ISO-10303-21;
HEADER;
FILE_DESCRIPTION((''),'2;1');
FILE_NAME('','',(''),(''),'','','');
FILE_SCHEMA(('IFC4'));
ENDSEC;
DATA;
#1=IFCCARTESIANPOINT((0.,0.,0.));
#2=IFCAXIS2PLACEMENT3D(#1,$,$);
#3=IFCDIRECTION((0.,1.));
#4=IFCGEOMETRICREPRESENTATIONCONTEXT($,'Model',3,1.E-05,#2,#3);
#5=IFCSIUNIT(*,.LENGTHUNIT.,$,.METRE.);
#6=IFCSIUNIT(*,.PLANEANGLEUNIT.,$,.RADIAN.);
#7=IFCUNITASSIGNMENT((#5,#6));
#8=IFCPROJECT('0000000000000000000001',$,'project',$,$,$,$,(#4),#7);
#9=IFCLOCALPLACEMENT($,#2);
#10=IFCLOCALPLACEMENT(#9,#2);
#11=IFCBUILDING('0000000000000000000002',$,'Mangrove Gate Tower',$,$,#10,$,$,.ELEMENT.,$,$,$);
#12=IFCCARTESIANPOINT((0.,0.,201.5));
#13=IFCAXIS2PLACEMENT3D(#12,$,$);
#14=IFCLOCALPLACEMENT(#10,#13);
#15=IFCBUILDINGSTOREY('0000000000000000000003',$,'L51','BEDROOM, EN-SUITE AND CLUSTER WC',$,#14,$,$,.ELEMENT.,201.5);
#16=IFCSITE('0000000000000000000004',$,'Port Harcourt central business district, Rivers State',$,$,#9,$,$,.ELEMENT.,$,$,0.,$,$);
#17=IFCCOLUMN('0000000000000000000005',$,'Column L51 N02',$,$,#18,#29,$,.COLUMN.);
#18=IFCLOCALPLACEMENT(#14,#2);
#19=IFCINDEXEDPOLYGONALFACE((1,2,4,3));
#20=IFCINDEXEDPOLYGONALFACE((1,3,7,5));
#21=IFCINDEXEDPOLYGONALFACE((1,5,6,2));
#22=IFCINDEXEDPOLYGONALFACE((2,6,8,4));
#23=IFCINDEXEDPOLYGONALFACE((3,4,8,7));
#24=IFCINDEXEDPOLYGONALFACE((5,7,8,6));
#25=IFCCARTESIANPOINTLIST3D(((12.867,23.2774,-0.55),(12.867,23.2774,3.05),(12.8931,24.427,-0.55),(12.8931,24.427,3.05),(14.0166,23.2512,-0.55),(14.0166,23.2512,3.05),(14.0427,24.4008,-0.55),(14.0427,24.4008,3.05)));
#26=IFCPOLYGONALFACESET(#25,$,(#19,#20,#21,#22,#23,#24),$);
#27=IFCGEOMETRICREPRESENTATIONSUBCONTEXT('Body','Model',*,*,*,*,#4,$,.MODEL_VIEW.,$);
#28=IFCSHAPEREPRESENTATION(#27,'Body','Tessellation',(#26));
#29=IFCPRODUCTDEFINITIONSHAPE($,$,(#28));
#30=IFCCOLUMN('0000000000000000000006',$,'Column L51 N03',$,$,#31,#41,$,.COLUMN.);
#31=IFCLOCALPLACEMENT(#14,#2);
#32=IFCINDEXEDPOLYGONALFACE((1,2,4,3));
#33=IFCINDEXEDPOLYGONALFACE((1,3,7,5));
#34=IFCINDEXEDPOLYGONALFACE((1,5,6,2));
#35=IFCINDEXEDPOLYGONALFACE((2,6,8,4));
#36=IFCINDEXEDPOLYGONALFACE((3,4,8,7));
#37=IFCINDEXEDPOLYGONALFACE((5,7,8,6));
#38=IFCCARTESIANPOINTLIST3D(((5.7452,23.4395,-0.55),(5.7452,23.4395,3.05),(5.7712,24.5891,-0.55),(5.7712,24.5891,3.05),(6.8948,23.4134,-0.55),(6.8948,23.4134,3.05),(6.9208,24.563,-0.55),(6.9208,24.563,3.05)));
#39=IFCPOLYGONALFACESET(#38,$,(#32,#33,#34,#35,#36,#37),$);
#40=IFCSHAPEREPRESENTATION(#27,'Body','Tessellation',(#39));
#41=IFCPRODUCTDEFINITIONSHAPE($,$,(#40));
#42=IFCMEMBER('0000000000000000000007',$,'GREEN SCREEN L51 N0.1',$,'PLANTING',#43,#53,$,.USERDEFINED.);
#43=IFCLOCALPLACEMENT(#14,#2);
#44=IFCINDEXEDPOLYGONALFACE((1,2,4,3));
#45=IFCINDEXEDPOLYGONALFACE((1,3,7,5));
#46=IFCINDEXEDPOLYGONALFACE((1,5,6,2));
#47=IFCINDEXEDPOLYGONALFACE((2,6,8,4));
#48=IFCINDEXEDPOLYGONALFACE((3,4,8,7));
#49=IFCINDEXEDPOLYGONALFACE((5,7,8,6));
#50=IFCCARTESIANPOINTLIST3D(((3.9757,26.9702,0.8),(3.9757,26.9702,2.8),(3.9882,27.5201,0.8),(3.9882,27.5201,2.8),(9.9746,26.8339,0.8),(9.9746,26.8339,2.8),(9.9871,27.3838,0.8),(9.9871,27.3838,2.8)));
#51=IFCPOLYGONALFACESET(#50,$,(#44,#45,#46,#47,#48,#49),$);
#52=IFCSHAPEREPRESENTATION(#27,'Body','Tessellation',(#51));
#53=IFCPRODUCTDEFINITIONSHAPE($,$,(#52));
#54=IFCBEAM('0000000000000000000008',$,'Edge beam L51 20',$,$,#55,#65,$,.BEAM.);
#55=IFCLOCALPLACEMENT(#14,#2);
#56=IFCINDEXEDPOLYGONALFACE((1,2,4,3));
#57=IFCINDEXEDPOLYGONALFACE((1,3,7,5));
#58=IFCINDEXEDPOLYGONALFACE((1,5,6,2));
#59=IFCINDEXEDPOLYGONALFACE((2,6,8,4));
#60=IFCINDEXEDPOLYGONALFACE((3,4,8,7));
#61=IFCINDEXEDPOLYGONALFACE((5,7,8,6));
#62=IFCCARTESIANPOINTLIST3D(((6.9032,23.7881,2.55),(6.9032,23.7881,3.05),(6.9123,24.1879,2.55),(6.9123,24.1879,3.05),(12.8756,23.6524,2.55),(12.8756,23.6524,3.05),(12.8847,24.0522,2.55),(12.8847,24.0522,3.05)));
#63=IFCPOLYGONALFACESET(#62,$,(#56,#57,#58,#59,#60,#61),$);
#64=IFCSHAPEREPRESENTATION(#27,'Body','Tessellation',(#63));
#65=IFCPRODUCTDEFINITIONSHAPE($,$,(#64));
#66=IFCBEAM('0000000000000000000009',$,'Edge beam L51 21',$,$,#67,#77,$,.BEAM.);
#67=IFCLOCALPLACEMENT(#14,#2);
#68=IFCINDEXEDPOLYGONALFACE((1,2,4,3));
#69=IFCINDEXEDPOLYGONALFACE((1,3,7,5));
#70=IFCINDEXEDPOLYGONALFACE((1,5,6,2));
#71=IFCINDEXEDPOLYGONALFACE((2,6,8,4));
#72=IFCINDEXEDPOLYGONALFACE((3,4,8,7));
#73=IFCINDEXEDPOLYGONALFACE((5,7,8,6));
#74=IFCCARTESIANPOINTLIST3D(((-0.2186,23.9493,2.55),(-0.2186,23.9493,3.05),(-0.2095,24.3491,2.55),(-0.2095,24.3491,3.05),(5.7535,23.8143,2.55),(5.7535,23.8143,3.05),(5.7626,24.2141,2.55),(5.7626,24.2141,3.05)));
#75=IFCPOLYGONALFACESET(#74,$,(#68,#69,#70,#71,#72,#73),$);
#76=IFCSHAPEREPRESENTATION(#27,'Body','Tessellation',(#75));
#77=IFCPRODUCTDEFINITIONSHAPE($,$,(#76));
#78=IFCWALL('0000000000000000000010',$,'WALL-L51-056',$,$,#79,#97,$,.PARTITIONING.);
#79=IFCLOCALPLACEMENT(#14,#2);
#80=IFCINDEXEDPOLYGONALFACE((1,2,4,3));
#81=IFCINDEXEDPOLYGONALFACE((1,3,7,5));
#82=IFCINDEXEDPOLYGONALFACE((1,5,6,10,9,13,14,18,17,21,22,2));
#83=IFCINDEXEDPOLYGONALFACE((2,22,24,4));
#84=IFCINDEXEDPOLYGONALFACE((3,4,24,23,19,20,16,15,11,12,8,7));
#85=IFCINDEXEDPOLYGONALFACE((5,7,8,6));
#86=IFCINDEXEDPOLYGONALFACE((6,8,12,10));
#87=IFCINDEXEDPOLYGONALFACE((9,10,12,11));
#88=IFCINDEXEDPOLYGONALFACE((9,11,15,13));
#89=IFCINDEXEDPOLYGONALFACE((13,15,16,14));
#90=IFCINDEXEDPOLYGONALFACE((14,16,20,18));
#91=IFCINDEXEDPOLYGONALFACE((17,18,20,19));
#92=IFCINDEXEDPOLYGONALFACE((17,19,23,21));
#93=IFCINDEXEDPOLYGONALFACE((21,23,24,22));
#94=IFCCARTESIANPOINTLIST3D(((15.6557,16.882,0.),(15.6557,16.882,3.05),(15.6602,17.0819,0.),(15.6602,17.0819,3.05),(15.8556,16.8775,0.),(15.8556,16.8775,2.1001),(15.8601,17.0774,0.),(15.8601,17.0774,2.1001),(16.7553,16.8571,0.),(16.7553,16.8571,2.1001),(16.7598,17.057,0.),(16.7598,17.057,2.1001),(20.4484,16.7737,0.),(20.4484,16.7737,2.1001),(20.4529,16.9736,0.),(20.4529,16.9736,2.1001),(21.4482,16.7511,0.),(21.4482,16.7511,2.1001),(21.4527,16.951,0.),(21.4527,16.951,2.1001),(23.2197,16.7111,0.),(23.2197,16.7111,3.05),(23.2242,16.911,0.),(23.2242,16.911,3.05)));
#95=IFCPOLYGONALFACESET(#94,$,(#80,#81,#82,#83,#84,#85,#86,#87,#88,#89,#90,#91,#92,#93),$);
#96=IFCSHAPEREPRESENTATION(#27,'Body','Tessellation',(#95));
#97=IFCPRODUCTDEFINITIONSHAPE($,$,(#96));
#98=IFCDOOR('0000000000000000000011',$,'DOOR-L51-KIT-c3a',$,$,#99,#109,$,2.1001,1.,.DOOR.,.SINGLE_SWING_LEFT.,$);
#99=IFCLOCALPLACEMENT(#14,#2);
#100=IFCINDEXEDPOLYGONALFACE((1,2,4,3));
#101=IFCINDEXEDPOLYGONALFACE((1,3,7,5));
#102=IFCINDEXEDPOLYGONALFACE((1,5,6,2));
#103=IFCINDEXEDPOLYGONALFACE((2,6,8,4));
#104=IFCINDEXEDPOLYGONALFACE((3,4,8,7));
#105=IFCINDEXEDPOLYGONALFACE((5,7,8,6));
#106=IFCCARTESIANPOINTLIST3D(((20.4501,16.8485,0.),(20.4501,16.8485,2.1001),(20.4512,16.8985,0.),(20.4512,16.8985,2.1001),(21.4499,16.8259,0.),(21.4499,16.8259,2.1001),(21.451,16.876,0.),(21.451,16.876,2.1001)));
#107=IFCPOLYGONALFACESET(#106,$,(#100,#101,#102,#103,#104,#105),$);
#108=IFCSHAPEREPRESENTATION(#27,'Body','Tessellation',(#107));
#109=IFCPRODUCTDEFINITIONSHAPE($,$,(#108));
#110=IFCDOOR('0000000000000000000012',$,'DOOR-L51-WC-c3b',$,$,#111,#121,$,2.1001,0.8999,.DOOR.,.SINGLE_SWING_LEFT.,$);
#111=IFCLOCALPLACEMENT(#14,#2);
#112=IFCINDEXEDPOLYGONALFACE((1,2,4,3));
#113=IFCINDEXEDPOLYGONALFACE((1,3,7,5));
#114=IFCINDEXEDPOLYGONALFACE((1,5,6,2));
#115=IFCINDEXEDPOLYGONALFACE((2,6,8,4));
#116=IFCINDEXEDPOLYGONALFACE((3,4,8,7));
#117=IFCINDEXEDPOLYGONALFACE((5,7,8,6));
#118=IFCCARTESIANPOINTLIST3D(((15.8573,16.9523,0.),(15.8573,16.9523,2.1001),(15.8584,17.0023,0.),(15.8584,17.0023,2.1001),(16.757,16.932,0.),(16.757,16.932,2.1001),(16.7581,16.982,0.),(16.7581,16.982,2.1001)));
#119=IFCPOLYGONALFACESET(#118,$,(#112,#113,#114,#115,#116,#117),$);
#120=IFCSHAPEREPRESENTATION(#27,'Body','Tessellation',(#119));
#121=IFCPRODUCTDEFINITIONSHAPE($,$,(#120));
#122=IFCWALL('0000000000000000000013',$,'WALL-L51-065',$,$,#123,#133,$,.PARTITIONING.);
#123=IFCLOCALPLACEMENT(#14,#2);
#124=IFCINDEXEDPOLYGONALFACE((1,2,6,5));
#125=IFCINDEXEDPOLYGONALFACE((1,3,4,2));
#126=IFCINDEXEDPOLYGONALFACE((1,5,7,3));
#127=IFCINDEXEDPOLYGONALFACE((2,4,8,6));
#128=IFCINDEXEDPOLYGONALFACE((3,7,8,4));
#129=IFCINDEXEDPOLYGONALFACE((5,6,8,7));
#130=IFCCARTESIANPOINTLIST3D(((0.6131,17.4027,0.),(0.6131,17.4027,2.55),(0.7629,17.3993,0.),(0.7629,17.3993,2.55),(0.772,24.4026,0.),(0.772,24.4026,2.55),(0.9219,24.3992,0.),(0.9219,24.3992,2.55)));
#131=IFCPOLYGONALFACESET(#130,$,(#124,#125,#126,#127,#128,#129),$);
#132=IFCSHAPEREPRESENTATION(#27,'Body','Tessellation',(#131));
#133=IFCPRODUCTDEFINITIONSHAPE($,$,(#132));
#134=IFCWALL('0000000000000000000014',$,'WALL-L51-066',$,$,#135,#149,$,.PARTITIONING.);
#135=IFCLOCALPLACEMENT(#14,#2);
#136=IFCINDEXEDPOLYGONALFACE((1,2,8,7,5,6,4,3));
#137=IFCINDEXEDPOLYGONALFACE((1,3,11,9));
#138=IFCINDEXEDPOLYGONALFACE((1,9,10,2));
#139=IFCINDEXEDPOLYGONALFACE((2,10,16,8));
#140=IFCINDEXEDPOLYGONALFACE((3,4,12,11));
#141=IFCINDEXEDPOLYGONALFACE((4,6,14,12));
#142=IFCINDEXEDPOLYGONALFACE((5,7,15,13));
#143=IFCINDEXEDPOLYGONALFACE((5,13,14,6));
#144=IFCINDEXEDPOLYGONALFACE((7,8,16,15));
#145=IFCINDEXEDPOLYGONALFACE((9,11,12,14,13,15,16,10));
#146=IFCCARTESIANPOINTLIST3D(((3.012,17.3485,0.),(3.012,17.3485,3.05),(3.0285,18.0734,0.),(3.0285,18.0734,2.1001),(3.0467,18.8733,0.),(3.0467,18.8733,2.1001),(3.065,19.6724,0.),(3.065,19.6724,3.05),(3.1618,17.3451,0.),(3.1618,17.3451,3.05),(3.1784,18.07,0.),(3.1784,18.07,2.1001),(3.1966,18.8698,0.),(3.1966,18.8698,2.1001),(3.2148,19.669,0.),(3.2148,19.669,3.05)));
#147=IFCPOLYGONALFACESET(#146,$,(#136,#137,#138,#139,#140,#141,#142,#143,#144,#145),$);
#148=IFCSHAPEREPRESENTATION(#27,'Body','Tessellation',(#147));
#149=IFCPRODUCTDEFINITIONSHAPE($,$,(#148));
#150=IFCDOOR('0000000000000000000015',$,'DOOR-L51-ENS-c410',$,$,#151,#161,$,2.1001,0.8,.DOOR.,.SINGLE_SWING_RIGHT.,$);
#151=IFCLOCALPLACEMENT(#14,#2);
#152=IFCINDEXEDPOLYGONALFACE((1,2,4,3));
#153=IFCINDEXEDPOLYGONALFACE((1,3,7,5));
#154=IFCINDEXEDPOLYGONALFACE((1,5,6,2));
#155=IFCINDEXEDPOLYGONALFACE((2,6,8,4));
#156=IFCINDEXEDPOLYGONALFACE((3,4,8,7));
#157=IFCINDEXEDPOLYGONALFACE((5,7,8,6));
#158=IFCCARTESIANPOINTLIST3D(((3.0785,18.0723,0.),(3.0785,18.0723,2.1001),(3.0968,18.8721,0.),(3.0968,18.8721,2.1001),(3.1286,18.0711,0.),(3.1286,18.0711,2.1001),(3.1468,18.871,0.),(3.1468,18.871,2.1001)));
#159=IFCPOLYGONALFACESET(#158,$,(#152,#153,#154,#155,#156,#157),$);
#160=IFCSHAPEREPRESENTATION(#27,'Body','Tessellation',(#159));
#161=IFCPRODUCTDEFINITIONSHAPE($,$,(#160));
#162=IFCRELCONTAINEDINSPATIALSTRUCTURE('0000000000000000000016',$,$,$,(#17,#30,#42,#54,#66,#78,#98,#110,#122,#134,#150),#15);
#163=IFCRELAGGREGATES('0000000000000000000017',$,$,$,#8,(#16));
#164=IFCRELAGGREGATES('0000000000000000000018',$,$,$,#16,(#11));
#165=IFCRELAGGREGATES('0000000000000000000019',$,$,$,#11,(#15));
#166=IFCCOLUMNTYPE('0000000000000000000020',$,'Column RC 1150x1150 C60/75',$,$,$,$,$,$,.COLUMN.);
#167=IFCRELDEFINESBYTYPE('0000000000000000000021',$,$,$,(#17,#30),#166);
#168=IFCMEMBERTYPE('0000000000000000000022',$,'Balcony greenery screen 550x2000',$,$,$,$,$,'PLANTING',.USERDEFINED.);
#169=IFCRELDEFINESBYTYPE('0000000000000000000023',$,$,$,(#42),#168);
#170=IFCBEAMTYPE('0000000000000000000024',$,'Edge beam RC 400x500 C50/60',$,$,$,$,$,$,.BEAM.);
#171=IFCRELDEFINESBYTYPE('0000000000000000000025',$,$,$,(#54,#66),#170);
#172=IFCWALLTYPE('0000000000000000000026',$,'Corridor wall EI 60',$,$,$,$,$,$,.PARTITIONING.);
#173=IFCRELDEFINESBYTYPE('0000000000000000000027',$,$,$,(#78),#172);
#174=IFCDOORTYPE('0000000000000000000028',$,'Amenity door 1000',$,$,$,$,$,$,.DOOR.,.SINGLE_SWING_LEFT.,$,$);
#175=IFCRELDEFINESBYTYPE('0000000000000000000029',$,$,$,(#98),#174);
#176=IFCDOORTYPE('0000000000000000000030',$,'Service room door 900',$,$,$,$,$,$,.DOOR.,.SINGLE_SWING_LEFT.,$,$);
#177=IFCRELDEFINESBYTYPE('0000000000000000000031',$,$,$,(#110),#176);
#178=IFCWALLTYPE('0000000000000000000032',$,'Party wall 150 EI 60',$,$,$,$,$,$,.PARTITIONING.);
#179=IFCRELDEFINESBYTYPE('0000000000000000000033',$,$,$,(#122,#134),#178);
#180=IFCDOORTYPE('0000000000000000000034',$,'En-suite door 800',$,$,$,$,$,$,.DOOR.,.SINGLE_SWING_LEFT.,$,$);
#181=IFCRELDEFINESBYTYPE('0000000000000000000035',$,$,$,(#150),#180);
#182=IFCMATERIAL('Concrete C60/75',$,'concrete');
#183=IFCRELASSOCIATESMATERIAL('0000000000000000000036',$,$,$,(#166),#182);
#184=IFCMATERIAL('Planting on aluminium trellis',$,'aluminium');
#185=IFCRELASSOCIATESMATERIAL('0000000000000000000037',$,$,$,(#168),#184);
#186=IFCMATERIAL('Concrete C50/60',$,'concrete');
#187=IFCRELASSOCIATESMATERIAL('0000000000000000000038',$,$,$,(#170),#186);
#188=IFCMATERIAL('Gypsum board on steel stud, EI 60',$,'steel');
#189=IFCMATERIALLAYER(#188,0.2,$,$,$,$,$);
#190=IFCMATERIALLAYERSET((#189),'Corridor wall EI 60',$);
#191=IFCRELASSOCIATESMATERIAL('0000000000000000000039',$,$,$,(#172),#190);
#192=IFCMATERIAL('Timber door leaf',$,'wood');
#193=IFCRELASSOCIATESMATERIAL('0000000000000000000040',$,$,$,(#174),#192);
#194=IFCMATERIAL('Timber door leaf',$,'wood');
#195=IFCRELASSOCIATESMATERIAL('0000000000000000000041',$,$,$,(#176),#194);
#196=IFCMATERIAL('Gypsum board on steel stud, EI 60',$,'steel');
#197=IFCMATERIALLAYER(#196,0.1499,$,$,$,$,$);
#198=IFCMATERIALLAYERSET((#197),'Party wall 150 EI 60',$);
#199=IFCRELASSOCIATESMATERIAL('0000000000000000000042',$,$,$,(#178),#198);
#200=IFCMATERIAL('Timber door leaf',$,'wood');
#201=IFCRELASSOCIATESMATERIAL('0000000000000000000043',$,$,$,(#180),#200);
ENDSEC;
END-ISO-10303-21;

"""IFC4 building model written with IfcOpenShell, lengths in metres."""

from ifc_helpers import new_model, si_unit, direction, frame, frame_2d, origin, origin_2d, place, context, subcontext, project, spatial, rectangle, extrude, material, layer, layer_set, material_profile, profile_set, type_object, element, fill, save


model = new_model("IFC4")

# Units and contexts
model_context = context("Model", 3, precision=1e-05, world=origin(), true_north=direction((0.0, 1.0)))
body_context = subcontext(model_context, "Body", "Model", "MODEL_VIEW")
ifc_project = project(units=[si_unit("LENGTHUNIT", "METRE"), si_unit("PLANEANGLEUNIT", "RADIAN")], contexts=[model_context])

# Site, building, storey
site_placement = place(None, origin())
site = spatial("IfcSite", under=ifc_project, at=site_placement, Name="Port Harcourt central business district, Rivers State", CompositionType="ELEMENT", RefElevation=0.0)
building_placement = place(site_placement, origin())
building = spatial("IfcBuilding", under=site, at=building_placement, Name="Mangrove Gate Tower", CompositionType="ELEMENT")
storey_placement = place(building_placement, frame((0.0, 0.0, 201.5)))
storey = spatial("IfcBuildingStorey", under=building, at=storey_placement, Name="L51", Description="BEDROOM, EN-SUITE AND CLUSTER WC", CompositionType="ELEMENT", Elevation=201.5)

# Columns
ifc_material_1 = material(Name="Concrete C60/75", Category="concrete")
ifc_material_profile_1 = material_profile(ifc_material_1, rectangle(XDim=1.1499, YDim=1.1499, at=origin_2d()))
ifc_profile_set_1 = profile_set([ifc_material_profile_1], Name="Concrete C60/75")
column_type = type_object("IfcColumnType", Name="Column RC 1150x1150 C60/75", PredefinedType="COLUMN", material=ifc_profile_set_1)
for number, where, z_axis, x_axis, name in (
    (1, (13.4548, 23.8391, -0.55), (0.0, 0.0, 1.0), (-0.999741, 0.022741, 0.0), "Column L51 N02"),
    (2, (6.333, 24.0012, -0.55), (0.0, 0.0, 1.0), (-0.999743, 0.02267, 0.0), "Column L51 N03"),
):
    element("IfcColumn", number, at=place(storey_placement, frame(where, z_axis=z_axis, x_axis=x_axis)), inside=storey, type_object=column_type, Name=name, PredefinedType="COLUMN", context=body_context, shape_type="SweptSolid", body=[
        extrude(rectangle(XDim=1.1499, YDim=1.1499, at=origin_2d()), origin(), (0.0, 0.0, 1.0), 3.6001),
    ])

# Member
ifc_material_2 = material(Name="Planting on aluminium trellis", Category="aluminium")
ifc_material_profile_2 = material_profile(ifc_material_2, rectangle(XDim=0.55, YDim=2.0, at=origin_2d()))
ifc_profile_set_2 = profile_set([ifc_material_profile_2], Name="Planting on aluminium trellis")
member_type = type_object("IfcMemberType", Name="Balcony greenery screen 550x2000", ElementType="PLANTING", PredefinedType="USERDEFINED", material=ifc_profile_set_2)
member_placement = place(storey_placement, frame((3.9819, 27.2451, 1.8), z_axis=(0.999742, -0.022703, 0.0), x_axis=(0.022703, 0.999742, 0.0)))
element("IfcMember", 3, at=member_placement, inside=storey, type_object=member_type, Name="GREEN SCREEN L51 N0.1", ObjectType="PLANTING", PredefinedType="USERDEFINED", context=body_context, shape_type="SweptSolid", body=[
    extrude(rectangle(XDim=0.55, YDim=2.0, at=origin_2d()), origin(), (0.0, 0.0, 1.0), 6.0005),
])

# Beams
ifc_material_3 = material(Name="Concrete C50/60", Category="concrete")
ifc_material_profile_3 = material_profile(ifc_material_3, rectangle(XDim=0.3999, YDim=0.5, at=origin_2d()))
ifc_profile_set_3 = profile_set([ifc_material_profile_3], Name="Concrete C50/60")
beam_type = type_object("IfcBeamType", Name="Edge beam RC 400x500 C50/60", PredefinedType="BEAM", material=ifc_profile_set_3)
beam_1_placement = place(storey_placement, frame((12.8801, 23.8523, 2.8), z_axis=(-0.999742, 0.022722, 0.0), x_axis=(-0.022722, -0.999742, 0.0)))
element("IfcBeam", 4, at=beam_1_placement, inside=storey, type_object=beam_type, Name="Edge beam L51 20", PredefinedType="BEAM", context=body_context, shape_type="SweptSolid", body=[
    extrude(rectangle(XDim=0.3999, YDim=0.5, at=origin_2d()), origin(), (0.0, 0.0, 1.0), 5.9739),
])
beam_2_placement = place(storey_placement, frame((5.7581, 24.0142, 2.8), z_axis=(-0.999745, 0.022601, 0.0), x_axis=(-0.022601, -0.999745, 0.0)))
element("IfcBeam", 5, at=beam_2_placement, inside=storey, type_object=beam_type, Name="Edge beam L51 21", PredefinedType="BEAM", context=body_context, shape_type="SweptSolid", body=[
    extrude(rectangle(XDim=0.3999, YDim=0.5, at=origin_2d()), origin(), (0.0, 0.0, 1.0), 5.9736),
])

# Wall, openings, doors
ifc_material_4 = material(Name="Gypsum board on steel stud, EI 60", Category="steel")
ifc_layer_1 = layer(ifc_material_4, 0.2)
ifc_layer_set_1 = layer_set([ifc_layer_1], Name="Corridor wall EI 60")
wall_type_1 = type_object("IfcWallType", Name="Corridor wall EI 60", PredefinedType="PARTITIONING", material=ifc_layer_set_1)
wall_1_placement = place(storey_placement, frame((15.658, 16.9819, 0.0), z_axis=(0.0, 0.0, 1.0), x_axis=(0.999745, -0.022588, 0.0)))
wall_1 = element("IfcWall", 6, at=wall_1_placement, inside=storey, type_object=wall_type_1, Name="WALL-L51-056", PredefinedType="PARTITIONING", context=body_context, shape_type="SweptSolid", body=[
    extrude(rectangle(XDim=7.5659, YDim=0.2, at=frame_2d((3.783, 0.0))), origin(), (0.0, 0.0, 1.0), 3.05),
])
opening_1_placement = place(wall_1_placement, frame((4.7939, 0.0, 0.0)))
opening_1 = element("IfcOpeningElement", 7, at=opening_1_placement, cuts=wall_1, PredefinedType="OPENING", context=body_context, shape_type="SweptSolid", body=[
    extrude(rectangle(XDim=1.0, YDim=2.1001, at=frame_2d((0.5, 1.05))), frame((0.0, 0.1099, 0.0), z_axis=(0.0, -1.0, 0.0), x_axis=(1.0, 0.0, 0.0)), (0.0, 0.0, 1.0), 0.22),
])
opening_2_placement = place(wall_1_placement, frame((0.2, 0.0, 0.0)))
opening_2 = element("IfcOpeningElement", 8, at=opening_2_placement, cuts=wall_1, PredefinedType="OPENING", context=body_context, shape_type="SweptSolid", body=[
    extrude(rectangle(XDim=0.8999, YDim=2.1001, at=frame_2d((0.45, 1.05))), frame((0.0, 0.1099, 0.0), z_axis=(0.0, -1.0, 0.0), x_axis=(1.0, 0.0, 0.0)), (0.0, 0.0, 1.0), 0.22),
])
ifc_material_5 = material(Name="Timber door leaf", Category="wood")
door_type_1 = type_object("IfcDoorType", Name="Amenity door 1000", OperationType="SINGLE_SWING_LEFT", PredefinedType="DOOR", material=ifc_material_5)
door_1_placement = place(opening_1_placement, origin())
door_1 = element("IfcDoor", 9, at=door_1_placement, inside=storey, type_object=door_type_1, Name="DOOR-L51-KIT-c3a", OperationType="SINGLE_SWING_LEFT", OverallHeight=2.1001, OverallWidth=1.0, PredefinedType="DOOR", context=body_context, shape_type="SweptSolid", body=[
    extrude(rectangle(XDim=1.0, YDim=2.1001, at=frame_2d((0.5, 1.05))), frame((0.0, 0.0249, 0.0), z_axis=(0.0, -1.0, 0.0), x_axis=(1.0, 0.0, 0.0)), (0.0, 0.0, 1.0), 0.05),
])
fill(opening_1, door_1)
ifc_material_6 = material(Name="Timber door leaf", Category="wood")
door_type_2 = type_object("IfcDoorType", Name="Service room door 900", OperationType="SINGLE_SWING_LEFT", PredefinedType="DOOR", material=ifc_material_6)
door_2_placement = place(opening_2_placement, origin())
door_2 = element("IfcDoor", 10, at=door_2_placement, inside=storey, type_object=door_type_2, Name="DOOR-L51-WC-c3b", OperationType="SINGLE_SWING_LEFT", OverallHeight=2.1001, OverallWidth=0.8999, PredefinedType="DOOR", context=body_context, shape_type="SweptSolid", body=[
    extrude(rectangle(XDim=0.8999, YDim=2.1001, at=frame_2d((0.45, 1.05))), frame((0.0, 0.0249, 0.0), z_axis=(0.0, -1.0, 0.0), x_axis=(1.0, 0.0, 0.0)), (0.0, 0.0, 1.0), 0.05),
])
fill(opening_2, door_2)

# Wall
ifc_material_7 = material(Name="Gypsum board on steel stud, EI 60", Category="steel")
ifc_layer_2 = layer(ifc_material_7, 0.1499)
ifc_layer_set_2 = layer_set([ifc_layer_2], Name="Party wall 150 EI 60")
wall_type_2 = type_object("IfcWallType", Name="Party wall 150 EI 60", PredefinedType="PARTITIONING", material=ifc_layer_set_2)
wall_2_placement = place(storey_placement, frame((0.688, 17.4009, 0.0), z_axis=(0.0, 0.0, 1.0), x_axis=(0.022699, 0.999742, 0.0)))
element("IfcWall", 11, at=wall_2_placement, inside=storey, type_object=wall_type_2, Name="WALL-L51-065", PredefinedType="PARTITIONING", context=body_context, shape_type="SweptSolid", body=[
    extrude(rectangle(XDim=7.0017, YDim=0.1499, at=frame_2d((3.501, 0.0))), origin(), (0.0, 0.0, 1.0), 2.55),
])

# Wall, opening, door
wall_3_placement = place(storey_placement, frame((3.0869, 17.3469, 0.0), z_axis=(0.0, 0.0, 1.0), x_axis=(0.022791, 0.99974, 0.0)))
wall_3 = element("IfcWall", 12, at=wall_3_placement, inside=storey, type_object=wall_type_2, Name="WALL-L51-066", PredefinedType="PARTITIONING", context=body_context, shape_type="SweptSolid", body=[
    extrude(rectangle(XDim=2.3245, YDim=0.1499, at=frame_2d((1.1621, 0.0))), origin(), (0.0, 0.0, 1.0), 3.05),
])
opening_3_placement = place(wall_3_placement, frame((0.7251, 0.0, 0.0)))
opening_3 = element("IfcOpeningElement", 13, at=opening_3_placement, cuts=wall_3, PredefinedType="OPENING", context=body_context, shape_type="SweptSolid", body=[
    extrude(rectangle(XDim=0.8, YDim=2.1001, at=frame_2d((0.3999, 1.05))), frame((0.0, 0.085, 0.0), z_axis=(0.0, -1.0, 0.0), x_axis=(1.0, 0.0, 0.0)), (0.0, 0.0, 1.0), 0.1699),
])
ifc_material_8 = material(Name="Timber door leaf", Category="wood")
door_type_3 = type_object("IfcDoorType", Name="En-suite door 800", OperationType="SINGLE_SWING_LEFT", PredefinedType="DOOR", material=ifc_material_8)
door_3_placement = place(opening_3_placement, origin())
door_3 = element("IfcDoor", 14, at=door_3_placement, inside=storey, type_object=door_type_3, Name="DOOR-L51-ENS-c410", OperationType="SINGLE_SWING_RIGHT", OverallHeight=2.1001, OverallWidth=0.8, PredefinedType="DOOR", context=body_context, shape_type="SweptSolid", body=[
    extrude(rectangle(XDim=0.8, YDim=2.1001, at=frame_2d((0.3999, 1.05))), frame((0.0, 0.0249, 0.0), z_axis=(0.0, -1.0, 0.0), x_axis=(1.0, 0.0, 0.0)), (0.0, 0.0, 1.0), 0.05),
])
fill(opening_3, door_3)

save(model, "model.ifc")
